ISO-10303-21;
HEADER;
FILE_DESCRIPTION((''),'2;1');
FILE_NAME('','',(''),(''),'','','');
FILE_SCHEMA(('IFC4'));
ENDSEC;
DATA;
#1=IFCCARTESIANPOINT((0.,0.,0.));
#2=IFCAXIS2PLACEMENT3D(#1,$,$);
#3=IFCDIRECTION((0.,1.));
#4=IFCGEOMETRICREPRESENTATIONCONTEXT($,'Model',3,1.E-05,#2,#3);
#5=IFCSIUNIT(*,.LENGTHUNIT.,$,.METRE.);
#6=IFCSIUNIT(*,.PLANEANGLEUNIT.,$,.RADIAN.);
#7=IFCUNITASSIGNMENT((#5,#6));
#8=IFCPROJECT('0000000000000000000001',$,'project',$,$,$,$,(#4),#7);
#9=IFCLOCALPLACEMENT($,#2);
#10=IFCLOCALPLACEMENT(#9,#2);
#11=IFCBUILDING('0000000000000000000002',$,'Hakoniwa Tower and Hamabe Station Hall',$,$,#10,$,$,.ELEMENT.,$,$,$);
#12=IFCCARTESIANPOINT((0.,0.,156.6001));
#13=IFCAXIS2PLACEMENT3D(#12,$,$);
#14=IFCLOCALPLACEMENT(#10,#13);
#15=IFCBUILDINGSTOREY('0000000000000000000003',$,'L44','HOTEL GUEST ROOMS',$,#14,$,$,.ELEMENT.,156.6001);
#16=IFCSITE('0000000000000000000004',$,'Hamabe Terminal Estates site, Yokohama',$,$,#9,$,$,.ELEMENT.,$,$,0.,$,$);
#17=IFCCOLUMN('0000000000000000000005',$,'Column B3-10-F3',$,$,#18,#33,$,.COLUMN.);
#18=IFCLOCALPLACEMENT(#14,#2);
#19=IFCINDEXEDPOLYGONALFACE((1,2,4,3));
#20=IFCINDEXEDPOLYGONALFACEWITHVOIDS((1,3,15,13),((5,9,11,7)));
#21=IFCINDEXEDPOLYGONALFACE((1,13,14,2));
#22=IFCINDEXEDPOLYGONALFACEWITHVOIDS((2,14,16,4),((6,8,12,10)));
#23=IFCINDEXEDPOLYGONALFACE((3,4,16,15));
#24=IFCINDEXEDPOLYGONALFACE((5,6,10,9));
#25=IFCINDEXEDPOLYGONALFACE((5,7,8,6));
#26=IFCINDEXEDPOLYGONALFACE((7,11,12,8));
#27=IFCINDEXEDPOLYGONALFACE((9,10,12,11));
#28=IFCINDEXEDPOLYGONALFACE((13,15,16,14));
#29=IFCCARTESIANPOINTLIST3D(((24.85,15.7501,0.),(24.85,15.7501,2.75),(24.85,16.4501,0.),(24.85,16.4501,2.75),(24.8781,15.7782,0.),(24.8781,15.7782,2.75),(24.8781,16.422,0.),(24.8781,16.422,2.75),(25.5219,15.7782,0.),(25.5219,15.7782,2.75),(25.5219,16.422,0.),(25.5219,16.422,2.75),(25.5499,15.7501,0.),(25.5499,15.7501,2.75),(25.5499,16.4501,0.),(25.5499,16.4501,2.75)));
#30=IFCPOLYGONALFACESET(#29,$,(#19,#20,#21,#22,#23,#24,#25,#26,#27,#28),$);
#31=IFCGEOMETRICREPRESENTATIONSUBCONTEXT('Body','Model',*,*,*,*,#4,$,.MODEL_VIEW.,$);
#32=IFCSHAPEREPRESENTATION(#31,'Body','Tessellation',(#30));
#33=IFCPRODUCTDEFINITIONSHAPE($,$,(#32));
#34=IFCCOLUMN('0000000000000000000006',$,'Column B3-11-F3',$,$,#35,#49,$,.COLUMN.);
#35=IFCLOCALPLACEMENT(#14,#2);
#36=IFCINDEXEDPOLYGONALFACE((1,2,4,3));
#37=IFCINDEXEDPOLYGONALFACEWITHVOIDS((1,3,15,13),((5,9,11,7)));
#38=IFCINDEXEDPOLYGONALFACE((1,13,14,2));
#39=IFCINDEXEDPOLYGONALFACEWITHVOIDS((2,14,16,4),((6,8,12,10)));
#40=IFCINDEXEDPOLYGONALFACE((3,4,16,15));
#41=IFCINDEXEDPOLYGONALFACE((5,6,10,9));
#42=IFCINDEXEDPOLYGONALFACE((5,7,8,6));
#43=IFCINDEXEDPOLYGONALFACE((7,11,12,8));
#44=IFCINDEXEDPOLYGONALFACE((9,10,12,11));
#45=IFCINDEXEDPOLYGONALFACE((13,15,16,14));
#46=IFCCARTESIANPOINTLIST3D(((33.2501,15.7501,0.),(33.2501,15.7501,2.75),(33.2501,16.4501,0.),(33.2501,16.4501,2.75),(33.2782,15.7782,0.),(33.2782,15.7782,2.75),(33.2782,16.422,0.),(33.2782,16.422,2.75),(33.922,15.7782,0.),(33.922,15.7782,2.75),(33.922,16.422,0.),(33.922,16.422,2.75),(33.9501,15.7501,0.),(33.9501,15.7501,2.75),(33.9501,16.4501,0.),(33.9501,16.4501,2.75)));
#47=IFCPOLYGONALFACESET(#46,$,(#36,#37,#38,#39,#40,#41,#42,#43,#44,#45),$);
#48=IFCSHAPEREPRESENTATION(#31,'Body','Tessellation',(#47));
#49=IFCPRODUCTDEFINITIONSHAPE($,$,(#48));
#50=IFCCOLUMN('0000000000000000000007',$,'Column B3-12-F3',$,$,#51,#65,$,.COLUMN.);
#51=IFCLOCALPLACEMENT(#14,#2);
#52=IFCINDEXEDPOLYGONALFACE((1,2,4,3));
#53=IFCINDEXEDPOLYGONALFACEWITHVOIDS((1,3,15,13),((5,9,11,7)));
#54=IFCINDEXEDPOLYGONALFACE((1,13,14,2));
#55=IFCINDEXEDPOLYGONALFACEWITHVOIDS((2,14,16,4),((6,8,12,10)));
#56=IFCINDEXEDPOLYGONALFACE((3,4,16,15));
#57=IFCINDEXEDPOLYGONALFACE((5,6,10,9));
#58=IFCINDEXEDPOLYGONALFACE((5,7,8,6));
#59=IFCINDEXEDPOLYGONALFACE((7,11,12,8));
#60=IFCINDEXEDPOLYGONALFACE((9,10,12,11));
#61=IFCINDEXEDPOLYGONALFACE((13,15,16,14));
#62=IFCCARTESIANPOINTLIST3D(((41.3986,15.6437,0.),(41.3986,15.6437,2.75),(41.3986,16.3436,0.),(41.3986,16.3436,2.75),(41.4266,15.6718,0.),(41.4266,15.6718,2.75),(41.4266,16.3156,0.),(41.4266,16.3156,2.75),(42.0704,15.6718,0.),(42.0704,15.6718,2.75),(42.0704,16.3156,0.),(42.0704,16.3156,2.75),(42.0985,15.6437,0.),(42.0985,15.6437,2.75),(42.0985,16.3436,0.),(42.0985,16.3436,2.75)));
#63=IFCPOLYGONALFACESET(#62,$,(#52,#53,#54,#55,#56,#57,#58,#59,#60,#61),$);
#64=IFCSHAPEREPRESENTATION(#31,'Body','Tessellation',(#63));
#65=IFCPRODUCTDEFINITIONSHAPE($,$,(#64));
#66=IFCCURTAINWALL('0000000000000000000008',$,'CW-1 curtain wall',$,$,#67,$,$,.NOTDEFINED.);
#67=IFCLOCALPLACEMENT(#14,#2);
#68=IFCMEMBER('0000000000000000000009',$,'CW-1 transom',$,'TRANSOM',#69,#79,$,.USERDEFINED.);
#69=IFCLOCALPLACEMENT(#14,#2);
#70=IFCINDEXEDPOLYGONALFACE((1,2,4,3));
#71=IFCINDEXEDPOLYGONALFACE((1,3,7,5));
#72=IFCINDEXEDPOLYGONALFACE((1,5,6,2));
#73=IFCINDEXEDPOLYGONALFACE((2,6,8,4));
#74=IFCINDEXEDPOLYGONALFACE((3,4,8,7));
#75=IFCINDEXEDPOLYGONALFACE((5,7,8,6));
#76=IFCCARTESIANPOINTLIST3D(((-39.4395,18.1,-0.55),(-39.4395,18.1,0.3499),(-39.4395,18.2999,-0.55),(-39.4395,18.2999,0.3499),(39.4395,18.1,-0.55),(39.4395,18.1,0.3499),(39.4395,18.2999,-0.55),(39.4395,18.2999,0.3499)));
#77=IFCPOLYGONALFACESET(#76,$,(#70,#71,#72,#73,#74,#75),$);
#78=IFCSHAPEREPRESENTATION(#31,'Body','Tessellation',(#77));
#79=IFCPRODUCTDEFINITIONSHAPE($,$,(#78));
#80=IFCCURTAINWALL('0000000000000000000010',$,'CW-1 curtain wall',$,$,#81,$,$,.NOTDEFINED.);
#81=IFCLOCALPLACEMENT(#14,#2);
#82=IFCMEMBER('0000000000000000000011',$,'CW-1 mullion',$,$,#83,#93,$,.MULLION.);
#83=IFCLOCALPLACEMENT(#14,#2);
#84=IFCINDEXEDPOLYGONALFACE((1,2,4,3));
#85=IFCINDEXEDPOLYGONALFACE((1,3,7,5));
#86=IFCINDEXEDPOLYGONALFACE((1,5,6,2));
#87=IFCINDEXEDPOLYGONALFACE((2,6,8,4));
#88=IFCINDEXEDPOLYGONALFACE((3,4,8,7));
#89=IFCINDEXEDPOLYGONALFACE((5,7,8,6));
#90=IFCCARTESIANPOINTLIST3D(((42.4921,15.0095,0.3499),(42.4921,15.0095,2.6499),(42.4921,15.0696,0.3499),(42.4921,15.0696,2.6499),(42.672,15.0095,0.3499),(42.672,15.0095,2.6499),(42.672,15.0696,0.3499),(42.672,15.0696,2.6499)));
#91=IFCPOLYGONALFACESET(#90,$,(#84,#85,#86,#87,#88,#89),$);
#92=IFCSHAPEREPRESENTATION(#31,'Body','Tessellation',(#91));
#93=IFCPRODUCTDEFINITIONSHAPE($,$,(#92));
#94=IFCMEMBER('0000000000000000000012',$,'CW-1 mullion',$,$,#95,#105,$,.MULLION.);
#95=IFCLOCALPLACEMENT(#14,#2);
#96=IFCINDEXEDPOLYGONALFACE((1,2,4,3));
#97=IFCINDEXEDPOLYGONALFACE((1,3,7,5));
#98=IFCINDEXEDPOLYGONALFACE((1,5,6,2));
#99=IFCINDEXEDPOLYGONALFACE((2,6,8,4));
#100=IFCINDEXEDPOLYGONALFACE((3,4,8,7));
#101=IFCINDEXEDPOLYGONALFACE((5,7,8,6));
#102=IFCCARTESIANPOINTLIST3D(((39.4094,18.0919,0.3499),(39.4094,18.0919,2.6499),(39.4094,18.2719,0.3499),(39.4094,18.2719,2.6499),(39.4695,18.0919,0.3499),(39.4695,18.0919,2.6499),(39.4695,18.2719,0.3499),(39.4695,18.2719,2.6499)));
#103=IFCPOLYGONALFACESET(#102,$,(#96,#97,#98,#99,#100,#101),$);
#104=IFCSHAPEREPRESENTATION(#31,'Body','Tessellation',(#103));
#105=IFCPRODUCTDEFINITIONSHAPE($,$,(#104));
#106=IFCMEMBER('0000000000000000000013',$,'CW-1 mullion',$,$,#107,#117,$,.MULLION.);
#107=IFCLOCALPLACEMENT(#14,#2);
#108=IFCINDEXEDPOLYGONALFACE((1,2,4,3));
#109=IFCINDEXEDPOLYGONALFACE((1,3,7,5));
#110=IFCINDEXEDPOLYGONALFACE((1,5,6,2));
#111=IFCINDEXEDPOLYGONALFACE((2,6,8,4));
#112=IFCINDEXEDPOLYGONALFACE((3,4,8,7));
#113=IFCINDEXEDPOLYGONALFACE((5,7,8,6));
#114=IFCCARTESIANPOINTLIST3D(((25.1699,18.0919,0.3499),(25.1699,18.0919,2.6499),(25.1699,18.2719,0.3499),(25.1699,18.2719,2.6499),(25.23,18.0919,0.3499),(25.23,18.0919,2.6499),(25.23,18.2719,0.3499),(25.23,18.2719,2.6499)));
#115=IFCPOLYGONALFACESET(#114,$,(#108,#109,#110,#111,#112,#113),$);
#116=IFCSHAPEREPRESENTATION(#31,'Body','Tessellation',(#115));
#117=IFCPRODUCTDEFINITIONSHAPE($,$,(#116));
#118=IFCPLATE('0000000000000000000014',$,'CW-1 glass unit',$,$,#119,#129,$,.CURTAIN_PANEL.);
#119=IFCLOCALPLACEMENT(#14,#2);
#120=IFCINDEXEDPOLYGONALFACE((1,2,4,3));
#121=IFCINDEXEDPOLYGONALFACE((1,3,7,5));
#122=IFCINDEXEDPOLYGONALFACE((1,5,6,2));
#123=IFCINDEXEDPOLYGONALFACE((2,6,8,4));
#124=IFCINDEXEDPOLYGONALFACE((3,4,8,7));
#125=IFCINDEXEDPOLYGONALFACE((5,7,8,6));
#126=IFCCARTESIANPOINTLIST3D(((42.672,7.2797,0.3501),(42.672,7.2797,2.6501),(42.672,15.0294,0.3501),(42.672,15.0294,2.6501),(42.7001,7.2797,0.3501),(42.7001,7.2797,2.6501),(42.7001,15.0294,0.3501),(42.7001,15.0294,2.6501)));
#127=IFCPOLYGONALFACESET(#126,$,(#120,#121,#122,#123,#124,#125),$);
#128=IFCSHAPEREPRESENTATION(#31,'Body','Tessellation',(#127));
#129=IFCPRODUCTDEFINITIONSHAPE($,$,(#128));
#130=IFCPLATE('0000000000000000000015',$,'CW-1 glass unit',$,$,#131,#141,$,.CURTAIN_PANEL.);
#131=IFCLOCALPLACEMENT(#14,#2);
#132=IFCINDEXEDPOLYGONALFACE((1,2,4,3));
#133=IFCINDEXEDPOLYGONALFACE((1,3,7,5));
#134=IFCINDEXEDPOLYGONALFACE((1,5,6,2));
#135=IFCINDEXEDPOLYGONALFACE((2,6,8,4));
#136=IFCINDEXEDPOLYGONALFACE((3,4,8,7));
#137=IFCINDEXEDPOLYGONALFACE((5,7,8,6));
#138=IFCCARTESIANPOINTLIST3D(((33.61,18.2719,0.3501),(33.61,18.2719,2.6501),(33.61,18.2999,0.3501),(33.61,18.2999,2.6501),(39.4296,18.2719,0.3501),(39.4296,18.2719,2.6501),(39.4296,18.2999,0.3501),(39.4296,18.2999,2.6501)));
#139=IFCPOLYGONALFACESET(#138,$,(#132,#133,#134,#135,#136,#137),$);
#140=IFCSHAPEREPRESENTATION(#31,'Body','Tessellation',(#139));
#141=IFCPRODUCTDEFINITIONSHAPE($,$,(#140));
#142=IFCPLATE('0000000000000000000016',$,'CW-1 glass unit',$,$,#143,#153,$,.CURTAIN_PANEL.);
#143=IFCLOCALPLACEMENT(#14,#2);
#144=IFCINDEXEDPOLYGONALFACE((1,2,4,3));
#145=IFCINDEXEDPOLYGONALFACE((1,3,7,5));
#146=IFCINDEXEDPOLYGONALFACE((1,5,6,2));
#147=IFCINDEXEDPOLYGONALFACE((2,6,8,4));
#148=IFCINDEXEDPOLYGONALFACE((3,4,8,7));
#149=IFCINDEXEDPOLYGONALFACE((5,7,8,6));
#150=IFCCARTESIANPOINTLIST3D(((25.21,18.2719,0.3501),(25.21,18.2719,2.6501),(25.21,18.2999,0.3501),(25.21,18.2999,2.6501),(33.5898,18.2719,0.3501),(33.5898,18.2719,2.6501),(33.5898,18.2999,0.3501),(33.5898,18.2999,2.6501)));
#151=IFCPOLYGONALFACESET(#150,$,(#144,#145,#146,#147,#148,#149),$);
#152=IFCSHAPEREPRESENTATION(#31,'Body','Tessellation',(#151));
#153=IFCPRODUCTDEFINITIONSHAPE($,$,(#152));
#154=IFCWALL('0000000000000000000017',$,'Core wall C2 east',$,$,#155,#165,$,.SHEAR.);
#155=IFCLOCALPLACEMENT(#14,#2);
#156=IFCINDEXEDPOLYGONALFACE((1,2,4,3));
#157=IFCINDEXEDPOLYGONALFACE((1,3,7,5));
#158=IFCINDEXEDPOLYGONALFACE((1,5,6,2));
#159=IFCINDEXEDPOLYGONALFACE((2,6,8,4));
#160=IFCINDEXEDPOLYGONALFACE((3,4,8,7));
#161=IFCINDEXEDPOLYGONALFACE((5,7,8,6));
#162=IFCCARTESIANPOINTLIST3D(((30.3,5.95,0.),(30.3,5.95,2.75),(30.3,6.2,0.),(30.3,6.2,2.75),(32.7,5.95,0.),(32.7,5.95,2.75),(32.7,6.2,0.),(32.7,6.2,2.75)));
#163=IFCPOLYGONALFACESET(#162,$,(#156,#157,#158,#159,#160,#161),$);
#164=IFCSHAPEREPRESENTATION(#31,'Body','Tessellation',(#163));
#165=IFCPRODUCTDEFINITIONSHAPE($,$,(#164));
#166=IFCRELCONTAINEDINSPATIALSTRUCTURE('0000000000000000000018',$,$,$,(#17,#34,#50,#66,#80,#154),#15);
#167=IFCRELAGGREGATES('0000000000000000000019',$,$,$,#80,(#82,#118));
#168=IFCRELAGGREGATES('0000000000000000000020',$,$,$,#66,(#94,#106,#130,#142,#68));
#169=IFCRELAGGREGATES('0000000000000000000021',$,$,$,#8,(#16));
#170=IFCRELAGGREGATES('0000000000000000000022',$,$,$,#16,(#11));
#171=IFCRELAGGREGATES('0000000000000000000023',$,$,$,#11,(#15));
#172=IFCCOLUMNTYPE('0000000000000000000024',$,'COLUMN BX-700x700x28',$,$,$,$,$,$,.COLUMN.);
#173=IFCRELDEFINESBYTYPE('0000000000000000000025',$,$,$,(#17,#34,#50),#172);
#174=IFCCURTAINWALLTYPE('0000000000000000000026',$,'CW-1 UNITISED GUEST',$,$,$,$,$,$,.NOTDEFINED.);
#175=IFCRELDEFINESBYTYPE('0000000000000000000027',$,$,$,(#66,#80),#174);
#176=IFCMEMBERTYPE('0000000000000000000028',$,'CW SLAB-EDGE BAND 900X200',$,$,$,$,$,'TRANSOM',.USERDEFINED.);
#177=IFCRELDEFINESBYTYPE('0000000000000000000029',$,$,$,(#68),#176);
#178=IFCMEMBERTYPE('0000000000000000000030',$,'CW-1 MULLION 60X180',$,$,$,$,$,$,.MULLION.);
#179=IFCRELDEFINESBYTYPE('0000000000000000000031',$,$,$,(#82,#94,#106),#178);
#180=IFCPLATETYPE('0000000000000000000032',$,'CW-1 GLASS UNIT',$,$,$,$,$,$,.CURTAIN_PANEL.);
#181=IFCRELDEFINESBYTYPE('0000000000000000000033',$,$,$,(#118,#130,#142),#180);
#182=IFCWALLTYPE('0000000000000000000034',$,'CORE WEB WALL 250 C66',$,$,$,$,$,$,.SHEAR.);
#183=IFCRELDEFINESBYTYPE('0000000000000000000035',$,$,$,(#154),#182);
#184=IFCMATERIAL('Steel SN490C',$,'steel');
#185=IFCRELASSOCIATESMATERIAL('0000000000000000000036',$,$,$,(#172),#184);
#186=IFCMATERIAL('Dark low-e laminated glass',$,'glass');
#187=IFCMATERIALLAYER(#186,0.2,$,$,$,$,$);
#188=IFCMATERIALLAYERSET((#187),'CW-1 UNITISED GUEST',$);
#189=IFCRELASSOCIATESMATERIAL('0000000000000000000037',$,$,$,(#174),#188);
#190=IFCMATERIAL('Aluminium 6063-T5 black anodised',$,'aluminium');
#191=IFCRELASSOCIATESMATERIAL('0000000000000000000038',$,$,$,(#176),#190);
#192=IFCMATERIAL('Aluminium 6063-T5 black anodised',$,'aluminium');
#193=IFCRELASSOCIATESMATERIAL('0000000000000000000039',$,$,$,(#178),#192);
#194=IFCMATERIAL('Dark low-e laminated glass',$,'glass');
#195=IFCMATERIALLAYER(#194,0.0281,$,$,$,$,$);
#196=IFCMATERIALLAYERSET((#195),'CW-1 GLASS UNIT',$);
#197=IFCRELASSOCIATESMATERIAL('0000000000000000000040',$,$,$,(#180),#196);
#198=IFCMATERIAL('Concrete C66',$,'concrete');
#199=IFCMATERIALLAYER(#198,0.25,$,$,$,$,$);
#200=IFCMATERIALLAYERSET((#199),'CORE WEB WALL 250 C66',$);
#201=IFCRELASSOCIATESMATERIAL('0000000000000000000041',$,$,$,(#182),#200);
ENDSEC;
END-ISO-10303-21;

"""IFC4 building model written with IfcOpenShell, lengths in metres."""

from ifc_helpers import new_model, si_unit, direction, frame, frame_2d, origin, origin_2d, place, context, subcontext, project, spatial, rectangle, hollow_rectangle, extrude, material, layer, layer_set, material_profile, profile_set, type_object, element, aggregate, save


model = new_model("IFC4")

# Units and contexts
model_context = context("Model", 3, precision=1e-05, world=origin(), true_north=direction((0.0, 1.0)))
body_context = subcontext(model_context, "Body", "Model", "MODEL_VIEW")
ifc_project = project(units=[si_unit("LENGTHUNIT", "METRE"), si_unit("PLANEANGLEUNIT", "RADIAN")], contexts=[model_context])

# Site, building, storey
site_placement = place(None, origin())
site = spatial("IfcSite", under=ifc_project, at=site_placement, Name="Hamabe Terminal Estates site, Yokohama", CompositionType="ELEMENT", RefElevation=0.0)
building_placement = place(site_placement, origin())
building = spatial("IfcBuilding", under=site, at=building_placement, Name="Hakoniwa Tower and Hamabe Station Hall", CompositionType="ELEMENT")
storey_placement = place(building_placement, frame((0.0, 0.0, 156.6001)))
storey = spatial("IfcBuildingStorey", under=building, at=storey_placement, Name="L44", Description="HOTEL GUEST ROOMS", CompositionType="ELEMENT", Elevation=156.6001)

# Columns
ifc_material_1 = material(Name="Steel SN490C", Category="steel")
ifc_material_profile_1 = material_profile(ifc_material_1, hollow_rectangle(XDim=0.7, YDim=0.7, WallThickness=0.0281, at=origin_2d()), Name="BX-700x700x28")
ifc_profile_set_1 = profile_set([ifc_material_profile_1], Name="Steel SN490C")
column_type = type_object("IfcColumnType", Name="COLUMN BX-700x700x28", PredefinedType="COLUMN", material=ifc_profile_set_1)
for number, where, z_axis, x_axis, name in (
    (1, (25.2, 16.1001, 0.0), (0.0, 0.0, 1.0), (1.0, 0.0, 0.0), "Column B3-10-F3"),
    (2, (33.6001, 16.1001, 0.0), (0.0, 0.0, 1.0), (1.0, 0.0, 0.0), "Column B3-11-F3"),
    (3, (41.7485, 15.9937, 0.0), (0.0, 0.0, 1.0), (1.0, 0.0, 0.0), "Column B3-12-F3"),
):
    element("IfcColumn", number, at=place(storey_placement, frame(where, z_axis=z_axis, x_axis=x_axis)), inside=storey, type_object=column_type, Name=name, PredefinedType="COLUMN", context=body_context, shape_type="SweptSolid", body=[
        extrude(hollow_rectangle(XDim=0.7, YDim=0.7, WallThickness=0.0281, at=origin_2d()), origin(), (0.0, 0.0, 1.0), 2.75),
    ])

# Curtain walls, members
ifc_material_2 = material(Name="Dark low-e laminated glass", Category="glass")
ifc_layer_1 = layer(ifc_material_2, 0.2)
ifc_layer_set_1 = layer_set([ifc_layer_1], Name="CW-1 UNITISED GUEST")
curtain_wall_type = type_object("IfcCurtainWallType", Name="CW-1 UNITISED GUEST", PredefinedType="NOTDEFINED", material=ifc_layer_set_1)
curtain_wall_1_placement = place(storey_placement, origin())
curtain_wall_1 = element("IfcCurtainWall", 4, at=curtain_wall_1_placement, inside=storey, type_object=curtain_wall_type, Name="CW-1 curtain wall", PredefinedType="NOTDEFINED")
ifc_material_3 = material(Name="Aluminium 6063-T5 black anodised", Category="aluminium")
ifc_material_profile_2 = material_profile(ifc_material_3, rectangle(XDim=0.2, YDim=0.8999, at=origin_2d()), Name="CW SLAB-EDGE BAND 900X200")
ifc_profile_set_2 = profile_set([ifc_material_profile_2], Name="Aluminium 6063-T5 black anodised")
member_type_1 = type_object("IfcMemberType", Name="CW SLAB-EDGE BAND 900X200", ElementType="TRANSOM", PredefinedType="USERDEFINED", material=ifc_profile_set_2)
member_1_placement = place(storey_placement, frame((39.4395, 18.2, -0.1001), z_axis=(-1.0, 0.0, 0.0), x_axis=(0.0, -1.0, 0.0)))
member_1 = element("IfcMember", 5, at=member_1_placement, type_object=member_type_1, Name="CW-1 transom", ObjectType="TRANSOM", PredefinedType="USERDEFINED", context=body_context, shape_type="SweptSolid", body=[
    extrude(rectangle(XDim=0.2, YDim=0.8999, at=origin_2d()), origin(), (0.0, 0.0, 1.0), 78.8789),
])
curtain_wall_2_placement = place(storey_placement, origin())
curtain_wall_2 = element("IfcCurtainWall", 6, at=curtain_wall_2_placement, inside=storey, type_object=curtain_wall_type, Name="CW-1 curtain wall", PredefinedType="NOTDEFINED")
ifc_material_4 = material(Name="Aluminium 6063-T5 black anodised", Category="aluminium")
ifc_material_profile_3 = material_profile(ifc_material_4, rectangle(XDim=0.0601, YDim=0.1799, at=origin_2d()), Name="CW-1 MULLION 60X180")
ifc_profile_set_3 = profile_set([ifc_material_profile_3], Name="Aluminium 6063-T5 black anodised")
member_type_2 = type_object("IfcMemberType", Name="CW-1 MULLION 60X180", PredefinedType="MULLION", material=ifc_profile_set_3)
member_2_placement = place(storey_placement, frame((42.582, 15.0396, 0.3499), z_axis=(0.0, 0.0, 1.0), x_axis=(0.0, 1.0, 0.0)))
member_2 = element("IfcMember", 7, at=member_2_placement, type_object=member_type_2, Name="CW-1 mullion", PredefinedType="MULLION", context=body_context, shape_type="SweptSolid", body=[
    extrude(rectangle(XDim=0.0601, YDim=0.1799, at=origin_2d()), origin(), (0.0, 0.0, 1.0), 2.3),
])

# Members
member_3_placement = place(storey_placement, frame((39.4395, 18.1819, 0.3499), z_axis=(0.0, 0.0, 1.0), x_axis=(-1.0, 0.0, 0.0)))
member_3 = element("IfcMember", 8, at=member_3_placement, type_object=member_type_2, Name="CW-1 mullion", PredefinedType="MULLION", context=body_context, shape_type="SweptSolid", body=[
    extrude(rectangle(XDim=0.0601, YDim=0.1799, at=origin_2d()), origin(), (0.0, 0.0, 1.0), 2.3),
])
member_4_placement = place(storey_placement, frame((25.2, 18.1819, 0.3499), z_axis=(0.0, 0.0, 1.0), x_axis=(-1.0, 0.0, 0.0)))
member_4 = element("IfcMember", 9, at=member_4_placement, type_object=member_type_2, Name="CW-1 mullion", PredefinedType="MULLION", context=body_context, shape_type="SweptSolid", body=[
    extrude(rectangle(XDim=0.0601, YDim=0.1799, at=origin_2d()), origin(), (0.0, 0.0, 1.0), 2.3),
])

# Plates
ifc_material_5 = material(Name="Dark low-e laminated glass", Category="glass")
ifc_layer_2 = layer(ifc_material_5, 0.0281)
ifc_layer_set_2 = layer_set([ifc_layer_2], Name="CW-1 GLASS UNIT")
plate_type = type_object("IfcPlateType", Name="CW-1 GLASS UNIT", PredefinedType="CURTAIN_PANEL", material=ifc_layer_set_2)
plate_1_placement = place(storey_placement, frame((42.686, 11.1545, 0.3501), z_axis=(0.0, 0.0, 1.0), x_axis=(0.0, 1.0, 0.0)))
plate_1 = element("IfcPlate", 10, at=plate_1_placement, type_object=plate_type, Name="CW-1 glass unit", PredefinedType="CURTAIN_PANEL", context=body_context, shape_type="SweptSolid", body=[
    extrude(rectangle(XDim=7.7498, YDim=0.0281, at=origin_2d()), origin(), (0.0, 0.0, 1.0), 2.3),
])
aggregate(curtain_wall_2, [member_2, plate_1])
plate_2_placement = place(storey_placement, frame((36.5198, 18.2859, 0.3501), z_axis=(0.0, 0.0, 1.0), x_axis=(-1.0, 0.0, 0.0)))
plate_2 = element("IfcPlate", 11, at=plate_2_placement, type_object=plate_type, Name="CW-1 glass unit", PredefinedType="CURTAIN_PANEL", context=body_context, shape_type="SweptSolid", body=[
    extrude(rectangle(XDim=5.8196, YDim=0.0281, at=origin_2d()), origin(), (0.0, 0.0, 1.0), 2.3),
])
plate_3_placement = place(storey_placement, frame((29.3999, 18.2859, 0.3501), z_axis=(0.0, 0.0, 1.0), x_axis=(-1.0, 0.0, 0.0)))
plate_3 = element("IfcPlate", 12, at=plate_3_placement, type_object=plate_type, Name="CW-1 glass unit", PredefinedType="CURTAIN_PANEL", context=body_context, shape_type="SweptSolid", body=[
    extrude(rectangle(XDim=8.3799, YDim=0.0281, at=origin_2d()), origin(), (0.0, 0.0, 1.0), 2.3),
])
aggregate(curtain_wall_1, [member_3, member_4, plate_2, plate_3, member_1])

# Wall
ifc_material_6 = material(Name="Concrete C66", Category="concrete")
ifc_layer_3 = layer(ifc_material_6, 0.25)
ifc_layer_set_3 = layer_set([ifc_layer_3], Name="CORE WEB WALL 250 C66")
wall_type_1 = type_object("IfcWallType", Name="CORE WEB WALL 250 C66", PredefinedType="SHEAR", material=ifc_layer_set_3)
wall_1_placement = place(storey_placement, frame((30.3, 6.075, 0.0), z_axis=(0.0, 0.0, 1.0), x_axis=(1.0, 0.0, 0.0)))
element("IfcWall", 13, at=wall_1_placement, inside=storey, type_object=wall_type_1, Name="Core wall C2 east", PredefinedType="SHEAR", context=body_context, shape_type="SweptSolid", body=[
    extrude(rectangle(XDim=2.3999, YDim=0.25, at=frame_2d((1.2, 0.0))), origin(), (0.0, 0.0, 1.0), 2.75),
])

save(model, "model.ifc")
